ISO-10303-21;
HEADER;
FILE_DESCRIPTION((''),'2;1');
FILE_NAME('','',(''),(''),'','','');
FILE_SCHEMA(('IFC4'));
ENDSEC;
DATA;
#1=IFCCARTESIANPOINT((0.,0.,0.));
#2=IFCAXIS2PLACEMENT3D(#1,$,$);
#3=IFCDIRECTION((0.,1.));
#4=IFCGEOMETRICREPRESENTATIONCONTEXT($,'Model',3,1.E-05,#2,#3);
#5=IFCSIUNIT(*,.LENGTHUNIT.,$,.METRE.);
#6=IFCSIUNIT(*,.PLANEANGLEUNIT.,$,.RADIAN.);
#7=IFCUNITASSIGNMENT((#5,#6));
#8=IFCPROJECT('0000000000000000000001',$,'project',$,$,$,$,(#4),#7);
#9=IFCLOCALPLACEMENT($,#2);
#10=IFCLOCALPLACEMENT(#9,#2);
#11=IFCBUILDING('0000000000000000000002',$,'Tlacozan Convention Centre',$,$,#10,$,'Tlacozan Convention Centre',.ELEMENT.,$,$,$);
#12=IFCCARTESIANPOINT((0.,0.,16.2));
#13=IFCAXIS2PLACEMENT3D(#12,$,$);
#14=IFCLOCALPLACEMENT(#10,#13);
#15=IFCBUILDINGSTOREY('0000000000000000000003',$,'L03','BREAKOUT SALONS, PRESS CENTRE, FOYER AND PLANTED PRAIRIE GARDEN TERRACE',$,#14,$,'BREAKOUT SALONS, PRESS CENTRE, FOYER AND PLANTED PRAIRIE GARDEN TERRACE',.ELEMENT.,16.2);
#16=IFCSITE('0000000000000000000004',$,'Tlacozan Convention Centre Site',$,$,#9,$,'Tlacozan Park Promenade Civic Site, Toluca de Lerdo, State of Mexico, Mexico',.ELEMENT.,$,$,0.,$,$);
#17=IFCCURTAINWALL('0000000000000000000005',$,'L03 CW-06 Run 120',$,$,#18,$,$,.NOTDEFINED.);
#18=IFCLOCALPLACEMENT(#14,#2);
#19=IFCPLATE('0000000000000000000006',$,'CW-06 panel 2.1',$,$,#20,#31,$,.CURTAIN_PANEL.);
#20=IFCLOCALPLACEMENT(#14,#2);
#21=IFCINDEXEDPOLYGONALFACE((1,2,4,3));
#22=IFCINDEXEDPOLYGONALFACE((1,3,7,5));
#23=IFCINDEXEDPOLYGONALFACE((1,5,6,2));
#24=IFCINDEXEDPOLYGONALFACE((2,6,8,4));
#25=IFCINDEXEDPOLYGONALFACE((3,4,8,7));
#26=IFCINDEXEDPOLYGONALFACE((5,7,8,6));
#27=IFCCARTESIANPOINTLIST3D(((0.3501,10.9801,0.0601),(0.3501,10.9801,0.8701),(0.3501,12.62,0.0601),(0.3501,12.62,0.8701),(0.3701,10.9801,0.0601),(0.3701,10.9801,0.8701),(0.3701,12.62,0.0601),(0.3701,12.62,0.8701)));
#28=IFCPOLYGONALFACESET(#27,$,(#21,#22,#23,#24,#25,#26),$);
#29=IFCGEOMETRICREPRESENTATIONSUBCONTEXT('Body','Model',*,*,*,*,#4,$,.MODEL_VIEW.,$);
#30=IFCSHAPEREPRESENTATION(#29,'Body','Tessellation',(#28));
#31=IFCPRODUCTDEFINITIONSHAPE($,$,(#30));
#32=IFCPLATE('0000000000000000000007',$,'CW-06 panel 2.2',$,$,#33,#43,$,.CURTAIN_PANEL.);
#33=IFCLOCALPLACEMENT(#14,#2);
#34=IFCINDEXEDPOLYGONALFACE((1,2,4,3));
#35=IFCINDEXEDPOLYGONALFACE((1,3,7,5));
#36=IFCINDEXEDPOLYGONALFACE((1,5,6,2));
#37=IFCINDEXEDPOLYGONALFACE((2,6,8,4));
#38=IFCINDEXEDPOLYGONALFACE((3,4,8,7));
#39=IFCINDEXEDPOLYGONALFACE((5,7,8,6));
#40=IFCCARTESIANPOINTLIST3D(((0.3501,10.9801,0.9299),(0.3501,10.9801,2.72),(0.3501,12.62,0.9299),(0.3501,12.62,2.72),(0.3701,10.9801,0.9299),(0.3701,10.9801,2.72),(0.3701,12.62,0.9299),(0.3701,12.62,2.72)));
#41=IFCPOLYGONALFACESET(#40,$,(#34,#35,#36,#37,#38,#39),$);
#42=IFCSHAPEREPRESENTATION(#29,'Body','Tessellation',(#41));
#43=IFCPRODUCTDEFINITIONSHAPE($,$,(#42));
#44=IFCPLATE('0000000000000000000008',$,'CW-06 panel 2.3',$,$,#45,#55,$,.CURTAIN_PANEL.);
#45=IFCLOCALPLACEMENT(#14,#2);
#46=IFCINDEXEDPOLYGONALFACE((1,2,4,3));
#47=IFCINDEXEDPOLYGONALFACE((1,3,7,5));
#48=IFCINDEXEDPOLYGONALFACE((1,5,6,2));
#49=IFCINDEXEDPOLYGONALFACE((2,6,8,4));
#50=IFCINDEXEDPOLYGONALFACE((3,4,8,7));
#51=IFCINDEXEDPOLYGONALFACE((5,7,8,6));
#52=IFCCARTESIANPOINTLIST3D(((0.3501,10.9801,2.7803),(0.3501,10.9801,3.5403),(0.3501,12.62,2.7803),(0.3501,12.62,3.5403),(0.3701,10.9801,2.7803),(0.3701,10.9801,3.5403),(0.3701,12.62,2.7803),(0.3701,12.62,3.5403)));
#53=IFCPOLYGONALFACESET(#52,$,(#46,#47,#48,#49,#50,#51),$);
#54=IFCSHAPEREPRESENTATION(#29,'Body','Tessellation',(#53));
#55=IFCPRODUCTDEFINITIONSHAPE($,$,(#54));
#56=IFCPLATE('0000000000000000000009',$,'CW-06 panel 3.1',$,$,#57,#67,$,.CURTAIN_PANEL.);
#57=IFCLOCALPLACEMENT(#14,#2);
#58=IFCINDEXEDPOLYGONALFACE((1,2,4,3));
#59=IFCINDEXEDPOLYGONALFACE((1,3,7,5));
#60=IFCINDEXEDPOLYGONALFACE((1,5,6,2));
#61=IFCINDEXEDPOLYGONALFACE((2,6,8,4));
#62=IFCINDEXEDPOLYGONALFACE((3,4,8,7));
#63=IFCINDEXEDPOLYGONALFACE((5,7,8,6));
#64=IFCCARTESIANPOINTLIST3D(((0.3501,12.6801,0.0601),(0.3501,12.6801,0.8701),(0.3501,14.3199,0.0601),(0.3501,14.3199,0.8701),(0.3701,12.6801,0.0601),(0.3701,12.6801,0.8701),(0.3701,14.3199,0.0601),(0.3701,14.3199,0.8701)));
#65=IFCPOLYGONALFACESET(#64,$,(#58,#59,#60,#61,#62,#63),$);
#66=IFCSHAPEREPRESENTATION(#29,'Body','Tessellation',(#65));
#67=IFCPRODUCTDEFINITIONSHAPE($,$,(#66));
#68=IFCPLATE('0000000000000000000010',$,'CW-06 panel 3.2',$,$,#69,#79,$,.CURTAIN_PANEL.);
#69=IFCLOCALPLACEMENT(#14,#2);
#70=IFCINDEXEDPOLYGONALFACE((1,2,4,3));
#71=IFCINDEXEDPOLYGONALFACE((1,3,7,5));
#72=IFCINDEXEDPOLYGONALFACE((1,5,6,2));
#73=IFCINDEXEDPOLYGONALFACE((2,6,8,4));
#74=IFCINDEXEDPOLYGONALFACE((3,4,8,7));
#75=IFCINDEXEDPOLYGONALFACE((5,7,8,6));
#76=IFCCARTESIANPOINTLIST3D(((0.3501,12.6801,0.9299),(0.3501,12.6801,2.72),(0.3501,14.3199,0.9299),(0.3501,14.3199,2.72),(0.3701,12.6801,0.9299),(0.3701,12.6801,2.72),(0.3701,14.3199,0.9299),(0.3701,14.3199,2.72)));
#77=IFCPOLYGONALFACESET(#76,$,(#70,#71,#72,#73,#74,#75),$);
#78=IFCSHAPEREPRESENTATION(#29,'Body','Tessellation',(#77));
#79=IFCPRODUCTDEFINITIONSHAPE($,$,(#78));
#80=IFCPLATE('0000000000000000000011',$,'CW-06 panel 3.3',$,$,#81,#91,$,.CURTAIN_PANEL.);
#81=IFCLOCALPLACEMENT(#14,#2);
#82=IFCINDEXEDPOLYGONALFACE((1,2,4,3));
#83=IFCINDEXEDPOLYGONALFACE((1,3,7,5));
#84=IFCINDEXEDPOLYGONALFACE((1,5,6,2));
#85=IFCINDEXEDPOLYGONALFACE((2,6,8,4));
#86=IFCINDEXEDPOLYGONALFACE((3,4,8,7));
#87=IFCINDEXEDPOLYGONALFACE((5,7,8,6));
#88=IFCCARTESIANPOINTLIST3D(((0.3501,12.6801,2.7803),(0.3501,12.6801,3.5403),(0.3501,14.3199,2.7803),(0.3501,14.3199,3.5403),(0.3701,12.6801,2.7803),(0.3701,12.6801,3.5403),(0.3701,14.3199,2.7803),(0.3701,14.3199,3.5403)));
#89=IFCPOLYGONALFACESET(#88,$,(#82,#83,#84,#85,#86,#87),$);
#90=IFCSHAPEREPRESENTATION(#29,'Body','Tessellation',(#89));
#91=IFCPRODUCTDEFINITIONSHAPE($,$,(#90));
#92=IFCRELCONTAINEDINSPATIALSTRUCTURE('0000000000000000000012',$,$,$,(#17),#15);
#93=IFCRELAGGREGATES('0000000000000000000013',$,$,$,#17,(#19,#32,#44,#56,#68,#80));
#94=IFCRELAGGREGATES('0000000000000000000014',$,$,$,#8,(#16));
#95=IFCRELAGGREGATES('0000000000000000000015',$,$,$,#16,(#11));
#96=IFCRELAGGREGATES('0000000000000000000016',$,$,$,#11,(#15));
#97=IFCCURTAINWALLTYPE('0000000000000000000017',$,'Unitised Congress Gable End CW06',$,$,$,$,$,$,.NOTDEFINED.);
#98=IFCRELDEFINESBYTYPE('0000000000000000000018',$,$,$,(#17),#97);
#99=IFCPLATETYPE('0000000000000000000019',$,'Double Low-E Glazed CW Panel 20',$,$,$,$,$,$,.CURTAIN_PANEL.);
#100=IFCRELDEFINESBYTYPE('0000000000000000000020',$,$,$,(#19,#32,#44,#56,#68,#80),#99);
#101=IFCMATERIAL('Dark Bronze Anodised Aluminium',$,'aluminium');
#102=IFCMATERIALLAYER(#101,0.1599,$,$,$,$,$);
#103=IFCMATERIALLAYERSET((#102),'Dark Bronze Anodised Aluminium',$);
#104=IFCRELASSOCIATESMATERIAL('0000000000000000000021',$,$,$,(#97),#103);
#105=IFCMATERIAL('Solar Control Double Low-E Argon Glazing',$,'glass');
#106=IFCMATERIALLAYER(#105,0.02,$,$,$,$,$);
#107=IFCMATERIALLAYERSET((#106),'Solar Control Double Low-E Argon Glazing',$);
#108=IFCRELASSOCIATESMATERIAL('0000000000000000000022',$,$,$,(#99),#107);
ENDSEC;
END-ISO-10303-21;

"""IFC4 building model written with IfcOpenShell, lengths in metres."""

from ifc_helpers import new_model, si_unit, direction, frame, origin, origin_2d, place, context, subcontext, project, spatial, rectangle, extrude, material, layer, layer_set, type_object, element, aggregate, save


model = new_model("IFC4")

# Units and contexts
model_context = context("Model", 3, precision=1e-05, world=origin(), true_north=direction((0.0, 1.0)))
body_context = subcontext(model_context, "Body", "Model", "MODEL_VIEW")
ifc_project = project(units=[si_unit("LENGTHUNIT", "METRE"), si_unit("PLANEANGLEUNIT", "RADIAN")], contexts=[model_context])

# Site, building, storey
site_placement = place(None, origin())
site = spatial("IfcSite", under=ifc_project, at=site_placement, Name="Tlacozan Convention Centre Site", LongName="Tlacozan Park Promenade Civic Site, Toluca de Lerdo, State of Mexico, Mexico", CompositionType="ELEMENT", RefElevation=0.0)
building_placement = place(site_placement, origin())
building = spatial("IfcBuilding", under=site, at=building_placement, Name="Tlacozan Convention Centre", LongName="Tlacozan Convention Centre", CompositionType="ELEMENT")
storey_placement = place(building_placement, frame((0.0, 0.0, 16.2)))
storey = spatial("IfcBuildingStorey", under=building, at=storey_placement, Name="L03", Description="BREAKOUT SALONS, PRESS CENTRE, FOYER AND PLANTED PRAIRIE GARDEN TERRACE", LongName="BREAKOUT SALONS, PRESS CENTRE, FOYER AND PLANTED PRAIRIE GARDEN TERRACE", CompositionType="ELEMENT", Elevation=16.2)

# Curtain wall
ifc_material_1 = material(Name="Dark Bronze Anodised Aluminium", Category="aluminium")
ifc_layer_1 = layer(ifc_material_1, 0.1599)
ifc_layer_set_1 = layer_set([ifc_layer_1], Name="Dark Bronze Anodised Aluminium")
curtain_wall_type = type_object("IfcCurtainWallType", Name="Unitised Congress Gable End CW06", PredefinedType="NOTDEFINED", material=ifc_layer_set_1)
curtain_wall_placement = place(storey_placement, origin())
curtain_wall = element("IfcCurtainWall", 1, at=curtain_wall_placement, inside=storey, type_object=curtain_wall_type, Name="L03 CW-06 Run 120", PredefinedType="NOTDEFINED")

# Plates
ifc_material_2 = material(Name="Solar Control Double Low-E Argon Glazing", Category="glass")
ifc_layer_2 = layer(ifc_material_2, 0.02)
ifc_layer_set_2 = layer_set([ifc_layer_2], Name="Solar Control Double Low-E Argon Glazing")
plate_type = type_object("IfcPlateType", Name="Double Low-E Glazed CW Panel 20", PredefinedType="CURTAIN_PANEL", material=ifc_layer_set_2)
plate_1_placement = place(storey_placement, frame((0.3601, 11.8, 0.0601), z_axis=(0.0, 0.0, 1.0), x_axis=(0.0, 1.0, 0.0)))
plate_1 = element("IfcPlate", 2, at=plate_1_placement, type_object=plate_type, Name="CW-06 panel 2.1", PredefinedType="CURTAIN_PANEL", context=body_context, shape_type="SweptSolid", body=[
    extrude(rectangle(XDim=1.6399, YDim=0.02, at=origin_2d()), origin(), (0.0, 0.0, 1.0), 0.8101),
])
plate_2_placement = place(storey_placement, frame((0.3601, 11.8, 0.9299), z_axis=(0.0, 0.0, 1.0), x_axis=(0.0, 1.0, 0.0)))
plate_2 = element("IfcPlate", 3, at=plate_2_placement, type_object=plate_type, Name="CW-06 panel 2.2", PredefinedType="CURTAIN_PANEL", context=body_context, shape_type="SweptSolid", body=[
    extrude(rectangle(XDim=1.6399, YDim=0.02, at=origin_2d()), origin(), (0.0, 0.0, 1.0), 1.79),
])
plate_3_placement = place(storey_placement, frame((0.3601, 11.8, 2.7803), z_axis=(0.0, 0.0, 1.0), x_axis=(0.0, 1.0, 0.0)))
plate_3 = element("IfcPlate", 4, at=plate_3_placement, type_object=plate_type, Name="CW-06 panel 2.3", PredefinedType="CURTAIN_PANEL", context=body_context, shape_type="SweptSolid", body=[
    extrude(rectangle(XDim=1.6399, YDim=0.02, at=origin_2d()), origin(), (0.0, 0.0, 1.0), 0.76),
])
plate_4_placement = place(storey_placement, frame((0.3601, 13.5, 0.0601), z_axis=(0.0, 0.0, 1.0), x_axis=(0.0, 1.0, 0.0)))
plate_4 = element("IfcPlate", 5, at=plate_4_placement, type_object=plate_type, Name="CW-06 panel 3.1", PredefinedType="CURTAIN_PANEL", context=body_context, shape_type="SweptSolid", body=[
    extrude(rectangle(XDim=1.6399, YDim=0.02, at=origin_2d()), origin(), (0.0, 0.0, 1.0), 0.8101),
])
plate_5_placement = place(storey_placement, frame((0.3601, 13.5, 0.9299), z_axis=(0.0, 0.0, 1.0), x_axis=(0.0, 1.0, 0.0)))
plate_5 = element("IfcPlate", 6, at=plate_5_placement, type_object=plate_type, Name="CW-06 panel 3.2", PredefinedType="CURTAIN_PANEL", context=body_context, shape_type="SweptSolid", body=[
    extrude(rectangle(XDim=1.6399, YDim=0.02, at=origin_2d()), origin(), (0.0, 0.0, 1.0), 1.79),
])
plate_6_placement = place(storey_placement, frame((0.3601, 13.5, 2.7803), z_axis=(0.0, 0.0, 1.0), x_axis=(0.0, 1.0, 0.0)))
plate_6 = element("IfcPlate", 7, at=plate_6_placement, type_object=plate_type, Name="CW-06 panel 3.3", PredefinedType="CURTAIN_PANEL", context=body_context, shape_type="SweptSolid", body=[
    extrude(rectangle(XDim=1.6399, YDim=0.02, at=origin_2d()), origin(), (0.0, 0.0, 1.0), 0.76),
])
aggregate(curtain_wall, [plate_1, plate_2, plate_3, plate_4, plate_5, plate_6])

save(model, "model.ifc")
